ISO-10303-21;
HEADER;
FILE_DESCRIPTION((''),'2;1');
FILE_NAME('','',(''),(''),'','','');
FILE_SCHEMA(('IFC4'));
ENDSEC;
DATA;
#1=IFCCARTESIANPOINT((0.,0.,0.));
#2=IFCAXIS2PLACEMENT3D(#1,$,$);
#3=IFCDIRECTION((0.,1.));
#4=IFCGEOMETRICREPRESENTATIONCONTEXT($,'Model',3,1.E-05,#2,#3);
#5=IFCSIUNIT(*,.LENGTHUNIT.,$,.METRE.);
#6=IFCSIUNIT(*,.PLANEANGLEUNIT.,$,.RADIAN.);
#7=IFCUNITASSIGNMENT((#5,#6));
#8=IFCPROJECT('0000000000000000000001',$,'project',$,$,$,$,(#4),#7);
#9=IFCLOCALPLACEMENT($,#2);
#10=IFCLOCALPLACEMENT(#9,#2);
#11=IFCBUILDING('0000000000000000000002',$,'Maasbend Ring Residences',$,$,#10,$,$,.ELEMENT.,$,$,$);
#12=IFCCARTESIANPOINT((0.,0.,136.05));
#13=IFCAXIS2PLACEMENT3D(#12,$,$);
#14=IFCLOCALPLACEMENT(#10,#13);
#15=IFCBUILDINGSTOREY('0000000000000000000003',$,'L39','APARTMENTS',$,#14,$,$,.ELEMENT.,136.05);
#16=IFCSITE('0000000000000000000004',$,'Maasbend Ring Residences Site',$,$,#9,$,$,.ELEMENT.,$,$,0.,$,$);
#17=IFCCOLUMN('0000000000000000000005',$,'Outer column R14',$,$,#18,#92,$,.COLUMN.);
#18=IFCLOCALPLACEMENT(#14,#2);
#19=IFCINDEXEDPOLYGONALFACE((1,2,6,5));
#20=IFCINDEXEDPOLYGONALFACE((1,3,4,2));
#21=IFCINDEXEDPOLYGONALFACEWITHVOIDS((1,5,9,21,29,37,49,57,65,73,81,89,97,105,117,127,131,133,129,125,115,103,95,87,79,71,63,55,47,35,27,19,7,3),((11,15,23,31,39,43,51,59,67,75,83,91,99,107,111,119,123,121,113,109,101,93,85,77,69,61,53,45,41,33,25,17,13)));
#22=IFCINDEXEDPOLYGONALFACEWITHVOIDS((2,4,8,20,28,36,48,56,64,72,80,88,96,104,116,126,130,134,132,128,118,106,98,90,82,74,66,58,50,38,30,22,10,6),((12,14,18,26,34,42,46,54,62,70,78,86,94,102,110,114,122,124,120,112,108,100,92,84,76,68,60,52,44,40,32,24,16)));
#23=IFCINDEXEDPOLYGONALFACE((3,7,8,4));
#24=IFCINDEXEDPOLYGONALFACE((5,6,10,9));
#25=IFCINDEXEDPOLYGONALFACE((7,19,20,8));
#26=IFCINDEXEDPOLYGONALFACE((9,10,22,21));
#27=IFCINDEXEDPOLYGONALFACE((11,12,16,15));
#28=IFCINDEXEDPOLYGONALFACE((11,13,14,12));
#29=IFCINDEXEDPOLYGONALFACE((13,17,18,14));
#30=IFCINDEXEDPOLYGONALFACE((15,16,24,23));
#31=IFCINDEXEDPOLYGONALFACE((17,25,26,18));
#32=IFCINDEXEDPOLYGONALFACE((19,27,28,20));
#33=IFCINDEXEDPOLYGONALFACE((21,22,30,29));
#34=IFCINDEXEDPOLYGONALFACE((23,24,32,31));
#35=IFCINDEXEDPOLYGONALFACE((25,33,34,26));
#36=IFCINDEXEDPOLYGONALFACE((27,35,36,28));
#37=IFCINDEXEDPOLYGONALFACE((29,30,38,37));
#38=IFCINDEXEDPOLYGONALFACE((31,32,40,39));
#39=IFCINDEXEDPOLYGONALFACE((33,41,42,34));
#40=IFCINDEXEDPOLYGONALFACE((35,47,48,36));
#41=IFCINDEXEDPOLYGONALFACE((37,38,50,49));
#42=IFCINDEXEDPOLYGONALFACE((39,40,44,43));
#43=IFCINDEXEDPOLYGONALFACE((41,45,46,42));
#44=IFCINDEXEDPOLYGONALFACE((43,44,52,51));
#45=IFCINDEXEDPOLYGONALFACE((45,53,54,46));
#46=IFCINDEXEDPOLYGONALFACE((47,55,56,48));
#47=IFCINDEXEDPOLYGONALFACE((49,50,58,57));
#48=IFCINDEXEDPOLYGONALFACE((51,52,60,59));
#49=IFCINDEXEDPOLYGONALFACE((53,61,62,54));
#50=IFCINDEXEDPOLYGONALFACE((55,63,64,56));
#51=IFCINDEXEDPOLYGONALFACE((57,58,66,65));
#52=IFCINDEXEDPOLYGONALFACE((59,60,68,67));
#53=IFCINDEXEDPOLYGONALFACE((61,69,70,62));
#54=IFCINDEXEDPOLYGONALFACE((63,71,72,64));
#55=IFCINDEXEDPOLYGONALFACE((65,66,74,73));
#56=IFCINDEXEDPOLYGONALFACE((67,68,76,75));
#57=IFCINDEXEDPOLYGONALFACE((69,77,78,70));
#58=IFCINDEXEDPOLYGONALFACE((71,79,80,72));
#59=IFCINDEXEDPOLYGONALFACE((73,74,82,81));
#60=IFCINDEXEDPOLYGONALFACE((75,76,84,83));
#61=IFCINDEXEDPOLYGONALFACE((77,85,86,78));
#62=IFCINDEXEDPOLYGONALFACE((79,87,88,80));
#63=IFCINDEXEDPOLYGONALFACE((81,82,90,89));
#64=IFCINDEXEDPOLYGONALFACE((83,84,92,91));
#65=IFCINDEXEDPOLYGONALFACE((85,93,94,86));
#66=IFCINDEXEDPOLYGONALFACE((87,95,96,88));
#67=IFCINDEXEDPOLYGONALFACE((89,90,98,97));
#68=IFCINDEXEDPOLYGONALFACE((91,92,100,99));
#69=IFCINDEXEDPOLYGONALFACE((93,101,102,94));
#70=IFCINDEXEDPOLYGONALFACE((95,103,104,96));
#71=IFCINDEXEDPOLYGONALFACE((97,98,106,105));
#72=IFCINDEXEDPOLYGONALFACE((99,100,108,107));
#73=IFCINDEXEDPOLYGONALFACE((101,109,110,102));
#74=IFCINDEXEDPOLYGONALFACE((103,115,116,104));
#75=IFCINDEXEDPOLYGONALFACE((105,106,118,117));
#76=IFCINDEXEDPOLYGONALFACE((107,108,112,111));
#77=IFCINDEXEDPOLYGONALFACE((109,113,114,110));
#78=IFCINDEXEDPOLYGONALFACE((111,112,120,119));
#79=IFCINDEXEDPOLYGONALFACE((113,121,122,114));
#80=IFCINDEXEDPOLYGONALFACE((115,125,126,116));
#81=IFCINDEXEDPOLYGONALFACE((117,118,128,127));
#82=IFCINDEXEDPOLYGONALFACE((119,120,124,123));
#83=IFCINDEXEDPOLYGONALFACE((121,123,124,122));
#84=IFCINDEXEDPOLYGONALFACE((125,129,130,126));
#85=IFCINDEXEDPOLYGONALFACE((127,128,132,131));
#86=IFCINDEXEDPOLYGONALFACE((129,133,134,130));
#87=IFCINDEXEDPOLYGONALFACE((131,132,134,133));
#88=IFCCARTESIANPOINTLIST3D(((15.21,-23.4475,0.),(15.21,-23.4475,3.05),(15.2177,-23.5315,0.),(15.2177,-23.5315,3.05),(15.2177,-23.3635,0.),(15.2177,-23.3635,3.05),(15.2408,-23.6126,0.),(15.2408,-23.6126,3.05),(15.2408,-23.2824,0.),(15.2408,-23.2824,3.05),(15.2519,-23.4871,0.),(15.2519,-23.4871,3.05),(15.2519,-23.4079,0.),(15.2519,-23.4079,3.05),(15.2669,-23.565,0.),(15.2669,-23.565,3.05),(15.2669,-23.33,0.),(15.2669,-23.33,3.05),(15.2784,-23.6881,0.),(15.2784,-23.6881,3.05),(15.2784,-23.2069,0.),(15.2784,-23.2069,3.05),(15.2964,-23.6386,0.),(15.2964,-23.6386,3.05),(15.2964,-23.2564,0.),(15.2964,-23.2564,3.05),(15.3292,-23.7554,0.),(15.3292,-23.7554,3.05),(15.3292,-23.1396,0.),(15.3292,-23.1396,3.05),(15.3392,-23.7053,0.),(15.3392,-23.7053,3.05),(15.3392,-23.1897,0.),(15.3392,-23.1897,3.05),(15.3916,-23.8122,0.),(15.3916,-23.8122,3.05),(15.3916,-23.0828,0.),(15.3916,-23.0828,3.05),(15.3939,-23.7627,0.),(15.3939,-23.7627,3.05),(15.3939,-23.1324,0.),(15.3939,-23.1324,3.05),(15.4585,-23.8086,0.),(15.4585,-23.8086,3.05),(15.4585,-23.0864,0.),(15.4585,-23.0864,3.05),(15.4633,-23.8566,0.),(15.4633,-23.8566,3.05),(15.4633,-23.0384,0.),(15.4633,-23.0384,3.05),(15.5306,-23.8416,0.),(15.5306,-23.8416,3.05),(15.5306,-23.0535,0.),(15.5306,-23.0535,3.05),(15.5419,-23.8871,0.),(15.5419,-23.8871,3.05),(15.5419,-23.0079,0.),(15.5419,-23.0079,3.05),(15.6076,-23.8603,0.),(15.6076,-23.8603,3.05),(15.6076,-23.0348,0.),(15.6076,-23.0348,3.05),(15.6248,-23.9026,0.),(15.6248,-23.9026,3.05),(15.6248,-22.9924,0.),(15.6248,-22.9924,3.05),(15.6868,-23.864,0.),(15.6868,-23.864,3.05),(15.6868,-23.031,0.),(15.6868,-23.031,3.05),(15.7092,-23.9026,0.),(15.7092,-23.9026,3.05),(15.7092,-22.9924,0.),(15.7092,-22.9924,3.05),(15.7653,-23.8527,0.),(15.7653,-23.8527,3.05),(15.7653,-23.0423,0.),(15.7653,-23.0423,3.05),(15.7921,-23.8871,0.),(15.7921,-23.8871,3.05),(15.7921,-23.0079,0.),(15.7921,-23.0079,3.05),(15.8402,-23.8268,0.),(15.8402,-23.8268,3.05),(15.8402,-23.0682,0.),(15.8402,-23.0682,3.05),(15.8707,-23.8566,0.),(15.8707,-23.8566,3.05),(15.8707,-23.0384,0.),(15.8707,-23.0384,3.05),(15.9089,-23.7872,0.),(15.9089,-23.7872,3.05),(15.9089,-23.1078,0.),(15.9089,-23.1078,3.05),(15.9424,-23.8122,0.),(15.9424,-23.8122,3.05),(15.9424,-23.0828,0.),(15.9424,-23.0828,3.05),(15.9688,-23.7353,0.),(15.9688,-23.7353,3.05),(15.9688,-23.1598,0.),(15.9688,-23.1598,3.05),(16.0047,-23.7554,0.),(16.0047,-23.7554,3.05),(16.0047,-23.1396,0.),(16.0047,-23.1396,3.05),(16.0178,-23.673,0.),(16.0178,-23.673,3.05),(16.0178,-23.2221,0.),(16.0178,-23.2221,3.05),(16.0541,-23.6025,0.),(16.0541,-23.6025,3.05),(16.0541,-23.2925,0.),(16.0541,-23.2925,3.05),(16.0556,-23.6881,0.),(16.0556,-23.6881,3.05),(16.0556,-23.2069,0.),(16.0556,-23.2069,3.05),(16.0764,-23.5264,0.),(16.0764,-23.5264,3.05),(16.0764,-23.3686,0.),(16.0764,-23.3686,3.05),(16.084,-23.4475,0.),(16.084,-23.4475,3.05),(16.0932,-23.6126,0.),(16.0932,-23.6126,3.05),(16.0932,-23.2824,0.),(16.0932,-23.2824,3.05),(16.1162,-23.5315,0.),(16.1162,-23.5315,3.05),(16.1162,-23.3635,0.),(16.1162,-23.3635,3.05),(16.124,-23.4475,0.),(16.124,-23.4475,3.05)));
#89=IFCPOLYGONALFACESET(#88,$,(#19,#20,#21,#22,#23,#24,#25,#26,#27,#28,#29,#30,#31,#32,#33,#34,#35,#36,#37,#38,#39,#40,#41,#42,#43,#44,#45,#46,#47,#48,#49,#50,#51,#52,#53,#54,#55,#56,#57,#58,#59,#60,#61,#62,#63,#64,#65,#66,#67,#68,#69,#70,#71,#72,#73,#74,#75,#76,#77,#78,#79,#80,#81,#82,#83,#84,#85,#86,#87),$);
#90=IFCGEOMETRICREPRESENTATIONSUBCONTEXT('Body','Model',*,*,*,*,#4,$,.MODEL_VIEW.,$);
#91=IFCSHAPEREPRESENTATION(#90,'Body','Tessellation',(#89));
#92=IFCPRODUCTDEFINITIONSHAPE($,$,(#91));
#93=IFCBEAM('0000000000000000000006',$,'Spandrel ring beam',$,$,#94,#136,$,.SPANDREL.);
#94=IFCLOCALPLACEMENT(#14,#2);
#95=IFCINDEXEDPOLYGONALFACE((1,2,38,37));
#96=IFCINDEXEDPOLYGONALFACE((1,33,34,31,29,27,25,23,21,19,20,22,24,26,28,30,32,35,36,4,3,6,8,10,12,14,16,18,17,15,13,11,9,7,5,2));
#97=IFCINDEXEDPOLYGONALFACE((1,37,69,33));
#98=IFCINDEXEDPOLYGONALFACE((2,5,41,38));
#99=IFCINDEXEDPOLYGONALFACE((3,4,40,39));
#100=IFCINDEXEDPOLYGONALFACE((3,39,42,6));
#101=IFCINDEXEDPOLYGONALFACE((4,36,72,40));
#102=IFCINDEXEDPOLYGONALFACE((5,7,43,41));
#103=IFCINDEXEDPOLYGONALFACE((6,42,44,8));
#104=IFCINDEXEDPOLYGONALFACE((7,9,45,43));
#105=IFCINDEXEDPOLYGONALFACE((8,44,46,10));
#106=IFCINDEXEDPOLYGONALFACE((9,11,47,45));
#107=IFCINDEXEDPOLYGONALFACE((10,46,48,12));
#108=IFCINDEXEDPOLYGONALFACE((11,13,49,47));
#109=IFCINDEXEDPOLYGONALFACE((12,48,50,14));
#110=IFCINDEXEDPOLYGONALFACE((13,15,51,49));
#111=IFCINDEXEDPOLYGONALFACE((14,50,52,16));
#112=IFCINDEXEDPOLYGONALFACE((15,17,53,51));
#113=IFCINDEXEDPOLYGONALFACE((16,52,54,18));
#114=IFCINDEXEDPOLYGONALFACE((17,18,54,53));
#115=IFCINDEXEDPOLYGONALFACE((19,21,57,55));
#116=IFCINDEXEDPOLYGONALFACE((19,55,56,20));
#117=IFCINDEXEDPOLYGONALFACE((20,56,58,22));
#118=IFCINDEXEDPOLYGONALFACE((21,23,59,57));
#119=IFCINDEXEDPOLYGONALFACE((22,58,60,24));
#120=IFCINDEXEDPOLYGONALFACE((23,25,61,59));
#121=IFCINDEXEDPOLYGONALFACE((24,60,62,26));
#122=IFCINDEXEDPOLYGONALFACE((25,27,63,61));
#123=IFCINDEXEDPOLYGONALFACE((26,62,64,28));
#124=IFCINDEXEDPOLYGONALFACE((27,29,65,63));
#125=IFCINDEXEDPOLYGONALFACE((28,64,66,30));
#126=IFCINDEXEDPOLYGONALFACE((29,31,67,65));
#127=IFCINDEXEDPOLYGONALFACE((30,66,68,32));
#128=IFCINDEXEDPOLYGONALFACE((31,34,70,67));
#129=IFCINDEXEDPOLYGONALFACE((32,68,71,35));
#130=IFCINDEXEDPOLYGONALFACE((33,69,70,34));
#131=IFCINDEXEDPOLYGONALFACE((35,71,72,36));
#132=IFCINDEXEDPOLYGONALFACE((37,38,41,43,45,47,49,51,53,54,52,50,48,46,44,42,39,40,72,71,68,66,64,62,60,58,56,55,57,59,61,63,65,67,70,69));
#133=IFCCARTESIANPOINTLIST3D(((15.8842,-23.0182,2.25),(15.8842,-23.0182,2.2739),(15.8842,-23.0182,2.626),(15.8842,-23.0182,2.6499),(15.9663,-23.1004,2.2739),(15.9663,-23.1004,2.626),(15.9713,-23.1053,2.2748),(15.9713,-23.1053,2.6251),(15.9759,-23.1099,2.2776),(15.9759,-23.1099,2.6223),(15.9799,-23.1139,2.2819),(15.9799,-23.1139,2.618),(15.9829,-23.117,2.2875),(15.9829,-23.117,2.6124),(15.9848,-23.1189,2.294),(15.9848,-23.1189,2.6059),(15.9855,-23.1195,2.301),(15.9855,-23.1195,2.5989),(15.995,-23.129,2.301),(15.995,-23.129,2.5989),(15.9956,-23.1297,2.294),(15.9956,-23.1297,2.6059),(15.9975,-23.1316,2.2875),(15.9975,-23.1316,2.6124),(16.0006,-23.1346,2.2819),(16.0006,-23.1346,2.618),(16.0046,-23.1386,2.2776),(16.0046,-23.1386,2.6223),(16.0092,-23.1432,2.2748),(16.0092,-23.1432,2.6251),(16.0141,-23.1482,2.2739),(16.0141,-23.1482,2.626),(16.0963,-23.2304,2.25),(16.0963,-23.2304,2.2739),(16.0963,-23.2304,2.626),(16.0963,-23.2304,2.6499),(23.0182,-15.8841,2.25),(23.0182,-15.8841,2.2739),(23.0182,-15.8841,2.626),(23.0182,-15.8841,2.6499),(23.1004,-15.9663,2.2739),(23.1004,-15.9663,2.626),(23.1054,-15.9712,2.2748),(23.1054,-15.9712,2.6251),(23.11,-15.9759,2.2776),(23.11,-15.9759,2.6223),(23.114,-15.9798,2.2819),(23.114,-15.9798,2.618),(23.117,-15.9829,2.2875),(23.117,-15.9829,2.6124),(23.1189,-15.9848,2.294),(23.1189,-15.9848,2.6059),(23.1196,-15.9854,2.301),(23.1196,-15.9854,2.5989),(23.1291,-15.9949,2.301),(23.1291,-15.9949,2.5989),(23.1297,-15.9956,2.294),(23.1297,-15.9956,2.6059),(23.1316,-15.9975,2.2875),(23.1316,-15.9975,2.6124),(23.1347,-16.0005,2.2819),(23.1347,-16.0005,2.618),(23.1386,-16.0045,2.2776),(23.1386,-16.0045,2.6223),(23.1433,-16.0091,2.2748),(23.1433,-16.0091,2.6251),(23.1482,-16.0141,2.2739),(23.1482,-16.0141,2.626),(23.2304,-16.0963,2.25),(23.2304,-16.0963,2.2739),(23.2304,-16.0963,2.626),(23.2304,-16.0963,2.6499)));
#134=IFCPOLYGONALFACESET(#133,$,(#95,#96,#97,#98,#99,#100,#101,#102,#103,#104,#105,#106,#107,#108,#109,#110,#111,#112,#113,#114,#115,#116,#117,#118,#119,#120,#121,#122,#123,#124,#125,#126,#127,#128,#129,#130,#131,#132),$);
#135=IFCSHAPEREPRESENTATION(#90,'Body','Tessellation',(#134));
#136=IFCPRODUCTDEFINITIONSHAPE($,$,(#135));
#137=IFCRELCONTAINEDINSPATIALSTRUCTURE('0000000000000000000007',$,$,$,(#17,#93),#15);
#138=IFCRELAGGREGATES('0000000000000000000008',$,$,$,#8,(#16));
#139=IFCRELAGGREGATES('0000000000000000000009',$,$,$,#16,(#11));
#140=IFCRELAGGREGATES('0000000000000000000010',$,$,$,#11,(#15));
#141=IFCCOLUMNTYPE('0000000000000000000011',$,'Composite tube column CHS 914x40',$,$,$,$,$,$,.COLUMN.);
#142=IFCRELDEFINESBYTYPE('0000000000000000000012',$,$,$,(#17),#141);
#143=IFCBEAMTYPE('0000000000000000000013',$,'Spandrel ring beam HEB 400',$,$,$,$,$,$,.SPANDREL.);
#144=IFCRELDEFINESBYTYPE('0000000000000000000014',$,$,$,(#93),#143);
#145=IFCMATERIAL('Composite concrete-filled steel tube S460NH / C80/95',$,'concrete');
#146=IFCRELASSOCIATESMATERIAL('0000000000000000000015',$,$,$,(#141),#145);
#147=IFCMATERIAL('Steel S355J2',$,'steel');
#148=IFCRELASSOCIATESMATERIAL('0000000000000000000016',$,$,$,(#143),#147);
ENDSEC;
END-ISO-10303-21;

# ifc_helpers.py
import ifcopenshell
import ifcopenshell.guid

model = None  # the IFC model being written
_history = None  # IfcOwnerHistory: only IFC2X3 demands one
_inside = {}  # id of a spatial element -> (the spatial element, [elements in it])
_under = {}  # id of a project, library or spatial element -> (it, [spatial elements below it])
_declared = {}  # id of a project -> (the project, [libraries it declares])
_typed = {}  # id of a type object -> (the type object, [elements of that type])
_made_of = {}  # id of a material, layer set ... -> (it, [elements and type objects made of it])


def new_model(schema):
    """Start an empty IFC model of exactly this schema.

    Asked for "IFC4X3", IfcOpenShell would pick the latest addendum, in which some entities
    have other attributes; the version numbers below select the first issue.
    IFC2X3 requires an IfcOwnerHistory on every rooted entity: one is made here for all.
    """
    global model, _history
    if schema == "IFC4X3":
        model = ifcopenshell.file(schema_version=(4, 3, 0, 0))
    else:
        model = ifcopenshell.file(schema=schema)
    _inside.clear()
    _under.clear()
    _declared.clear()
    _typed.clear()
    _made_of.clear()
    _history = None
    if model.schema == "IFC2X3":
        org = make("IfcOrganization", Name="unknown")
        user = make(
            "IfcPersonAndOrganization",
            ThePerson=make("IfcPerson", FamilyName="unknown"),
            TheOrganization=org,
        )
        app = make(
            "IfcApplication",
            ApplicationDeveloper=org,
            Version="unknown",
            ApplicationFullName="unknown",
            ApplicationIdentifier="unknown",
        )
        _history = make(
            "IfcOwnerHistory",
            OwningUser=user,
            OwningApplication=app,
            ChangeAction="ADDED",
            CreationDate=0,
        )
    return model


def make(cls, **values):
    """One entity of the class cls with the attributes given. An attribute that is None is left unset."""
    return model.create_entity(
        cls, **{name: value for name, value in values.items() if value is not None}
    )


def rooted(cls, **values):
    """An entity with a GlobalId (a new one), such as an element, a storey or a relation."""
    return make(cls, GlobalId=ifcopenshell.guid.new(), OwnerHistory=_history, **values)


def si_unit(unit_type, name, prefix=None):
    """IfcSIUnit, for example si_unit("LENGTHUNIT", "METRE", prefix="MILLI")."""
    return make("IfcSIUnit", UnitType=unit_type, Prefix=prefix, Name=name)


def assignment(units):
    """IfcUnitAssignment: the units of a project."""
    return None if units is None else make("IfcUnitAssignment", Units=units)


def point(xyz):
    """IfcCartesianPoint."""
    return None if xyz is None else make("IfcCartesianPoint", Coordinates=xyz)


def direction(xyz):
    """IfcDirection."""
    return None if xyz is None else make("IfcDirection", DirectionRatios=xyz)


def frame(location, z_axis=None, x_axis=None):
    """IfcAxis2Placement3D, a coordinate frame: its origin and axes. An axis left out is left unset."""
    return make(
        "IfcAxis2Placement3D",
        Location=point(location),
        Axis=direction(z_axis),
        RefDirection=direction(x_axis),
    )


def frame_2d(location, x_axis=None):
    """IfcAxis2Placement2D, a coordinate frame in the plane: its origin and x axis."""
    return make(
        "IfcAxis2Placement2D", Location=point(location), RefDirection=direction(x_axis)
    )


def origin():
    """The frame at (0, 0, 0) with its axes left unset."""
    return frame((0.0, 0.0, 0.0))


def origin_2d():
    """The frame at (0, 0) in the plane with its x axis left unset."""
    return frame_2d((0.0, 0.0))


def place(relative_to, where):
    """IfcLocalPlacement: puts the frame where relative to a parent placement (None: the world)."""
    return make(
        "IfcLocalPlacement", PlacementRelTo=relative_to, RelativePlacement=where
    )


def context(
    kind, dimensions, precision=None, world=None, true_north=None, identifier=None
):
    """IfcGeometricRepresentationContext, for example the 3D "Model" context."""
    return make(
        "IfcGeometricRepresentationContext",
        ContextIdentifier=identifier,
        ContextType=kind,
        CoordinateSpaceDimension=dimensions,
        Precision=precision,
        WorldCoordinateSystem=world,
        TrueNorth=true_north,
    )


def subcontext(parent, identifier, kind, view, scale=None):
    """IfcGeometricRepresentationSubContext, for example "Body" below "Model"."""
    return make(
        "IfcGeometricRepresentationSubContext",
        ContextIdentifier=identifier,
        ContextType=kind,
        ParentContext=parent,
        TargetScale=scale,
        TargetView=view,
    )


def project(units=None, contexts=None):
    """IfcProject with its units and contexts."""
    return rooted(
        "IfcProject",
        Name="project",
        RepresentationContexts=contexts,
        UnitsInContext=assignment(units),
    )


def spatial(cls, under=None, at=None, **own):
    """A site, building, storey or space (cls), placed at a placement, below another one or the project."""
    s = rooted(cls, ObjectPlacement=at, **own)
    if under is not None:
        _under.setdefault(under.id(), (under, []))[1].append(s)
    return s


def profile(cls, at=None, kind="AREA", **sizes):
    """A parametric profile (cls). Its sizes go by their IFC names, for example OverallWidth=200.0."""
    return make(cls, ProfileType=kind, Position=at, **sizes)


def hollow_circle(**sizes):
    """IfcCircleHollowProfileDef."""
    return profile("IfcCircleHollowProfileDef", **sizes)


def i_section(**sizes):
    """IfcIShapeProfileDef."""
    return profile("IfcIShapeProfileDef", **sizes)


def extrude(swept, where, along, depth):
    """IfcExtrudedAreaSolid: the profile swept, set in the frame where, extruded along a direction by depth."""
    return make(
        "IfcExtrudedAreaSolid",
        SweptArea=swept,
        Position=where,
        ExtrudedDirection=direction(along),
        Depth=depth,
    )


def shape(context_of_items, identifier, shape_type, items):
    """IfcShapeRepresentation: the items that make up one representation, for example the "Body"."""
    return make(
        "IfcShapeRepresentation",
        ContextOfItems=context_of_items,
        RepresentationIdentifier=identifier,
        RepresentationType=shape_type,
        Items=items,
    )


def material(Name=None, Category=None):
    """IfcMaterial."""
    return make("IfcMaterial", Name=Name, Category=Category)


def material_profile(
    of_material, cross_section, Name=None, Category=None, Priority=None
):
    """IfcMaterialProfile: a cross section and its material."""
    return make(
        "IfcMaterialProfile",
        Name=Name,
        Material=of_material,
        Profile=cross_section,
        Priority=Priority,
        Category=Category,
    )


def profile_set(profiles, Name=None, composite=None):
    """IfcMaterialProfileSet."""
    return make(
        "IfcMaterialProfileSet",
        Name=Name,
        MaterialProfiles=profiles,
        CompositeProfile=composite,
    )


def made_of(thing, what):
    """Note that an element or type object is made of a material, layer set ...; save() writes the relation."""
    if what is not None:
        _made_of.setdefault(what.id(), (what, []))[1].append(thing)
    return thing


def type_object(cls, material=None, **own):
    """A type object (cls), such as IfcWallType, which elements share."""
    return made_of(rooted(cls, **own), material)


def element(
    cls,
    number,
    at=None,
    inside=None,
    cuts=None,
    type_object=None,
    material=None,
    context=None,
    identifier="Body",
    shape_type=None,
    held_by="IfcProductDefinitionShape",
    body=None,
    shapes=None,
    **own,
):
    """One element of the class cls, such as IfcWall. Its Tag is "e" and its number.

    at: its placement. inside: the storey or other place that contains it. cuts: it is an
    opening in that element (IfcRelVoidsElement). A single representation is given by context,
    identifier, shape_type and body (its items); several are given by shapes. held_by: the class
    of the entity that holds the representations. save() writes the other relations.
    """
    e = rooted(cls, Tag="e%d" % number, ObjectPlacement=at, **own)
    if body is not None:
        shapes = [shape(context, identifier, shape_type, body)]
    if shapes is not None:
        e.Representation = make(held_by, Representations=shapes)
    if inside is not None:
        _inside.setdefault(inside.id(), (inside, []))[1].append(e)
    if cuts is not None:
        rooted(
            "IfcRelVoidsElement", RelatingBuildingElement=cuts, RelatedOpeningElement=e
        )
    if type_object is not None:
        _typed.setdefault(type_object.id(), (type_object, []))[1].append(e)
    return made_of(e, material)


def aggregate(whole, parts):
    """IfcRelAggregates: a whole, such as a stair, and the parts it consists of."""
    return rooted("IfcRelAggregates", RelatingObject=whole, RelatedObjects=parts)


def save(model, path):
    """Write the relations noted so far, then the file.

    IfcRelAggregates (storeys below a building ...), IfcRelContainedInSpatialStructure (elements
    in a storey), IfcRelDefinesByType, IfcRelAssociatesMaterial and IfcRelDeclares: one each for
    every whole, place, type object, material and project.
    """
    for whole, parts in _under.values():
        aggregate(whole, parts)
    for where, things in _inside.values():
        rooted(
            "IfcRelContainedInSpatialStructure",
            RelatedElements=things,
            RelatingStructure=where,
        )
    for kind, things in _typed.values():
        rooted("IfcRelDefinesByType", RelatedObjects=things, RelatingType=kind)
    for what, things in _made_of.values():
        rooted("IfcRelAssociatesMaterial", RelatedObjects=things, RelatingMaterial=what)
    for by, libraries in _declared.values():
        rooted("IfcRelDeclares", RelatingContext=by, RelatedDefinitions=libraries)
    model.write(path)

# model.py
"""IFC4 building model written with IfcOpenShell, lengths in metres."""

from ifc_helpers import new_model, si_unit, direction, frame, origin, origin_2d, place, context, subcontext, project, spatial, hollow_circle, i_section, extrude, material, material_profile, profile_set, type_object, element, save


model = new_model("IFC4")

# Units and contexts
model_context = context("Model", 3, precision=1e-05, world=origin(), true_north=direction((0.0, 1.0)))
body_context = subcontext(model_context, "Body", "Model", "MODEL_VIEW")
ifc_project = project(units=[si_unit("LENGTHUNIT", "METRE"), si_unit("PLANEANGLEUNIT", "RADIAN")], contexts=[model_context])

# Site, building, storey
site_placement = place(None, origin())
site = spatial("IfcSite", under=ifc_project, at=site_placement, Name="Maasbend Ring Residences Site", CompositionType="ELEMENT", RefElevation=0.0)
building_placement = place(site_placement, origin())
building = spatial("IfcBuilding", under=site, at=building_placement, Name="Maasbend Ring Residences", CompositionType="ELEMENT")
storey_placement = place(building_placement, frame((0.0, 0.0, 136.05)))
storey = spatial("IfcBuildingStorey", under=building, at=storey_placement, Name="L39", Description="APARTMENTS", CompositionType="ELEMENT", Elevation=136.05)

# Column
ifc_material_1 = material(Name="Composite concrete-filled steel tube S460NH / C80/95", Category="concrete")
ifc_material_profile_1 = material_profile(ifc_material_1, hollow_circle(Radius=0.457, WallThickness=0.04, at=origin_2d()), Name="Composite tube column CHS 914x40")
ifc_profile_set_1 = profile_set([ifc_material_profile_1], Name="Composite concrete-filled steel tube S460NH / C80/95")
column_type = type_object("IfcColumnType", Name="Composite tube column CHS 914x40", PredefinedType="COLUMN", material=ifc_profile_set_1)
column_placement = place(storey_placement, frame((15.667, -23.4475, 0.0), z_axis=(0.0, 0.0, 1.0), x_axis=(1.0, 0.0, 0.0)))
element("IfcColumn", 1, at=column_placement, inside=storey, type_object=column_type, Name="Outer column R14", PredefinedType="COLUMN", context=body_context, shape_type="SweptSolid", body=[
    extrude(hollow_circle(Radius=0.457, WallThickness=0.04, at=origin_2d()), origin(), (0.0, 0.0, 1.0), 3.05),
])

# Beam
ifc_material_2 = material(Name="Steel S355J2", Category="steel")
ifc_material_profile_2 = material_profile(ifc_material_2, i_section(OverallWidth=0.3, OverallDepth=0.3999, WebThickness=0.0134, FlangeThickness=0.0239, FilletRadius=0.0271, at=origin_2d()), Name="HEB 400")
ifc_profile_set_2 = profile_set([ifc_material_profile_2], Name="Steel S355J2")
beam_type = type_object("IfcBeamType", Name="Spandrel ring beam HEB 400", PredefinedType="SPANDREL", material=ifc_profile_set_2)
beam_placement = place(storey_placement, frame((15.9902, -23.1243, 2.45), z_axis=(0.707107, 0.707107, 0.0), x_axis=(-0.707107, 0.707107, 0.0)))
element("IfcBeam", 2, at=beam_placement, inside=storey, type_object=beam_type, Name="Spandrel ring beam", PredefinedType="SPANDREL", context=body_context, shape_type="SweptSolid", body=[
    extrude(i_section(OverallWidth=0.3, OverallDepth=0.3999, WebThickness=0.0134, FlangeThickness=0.0239, FilletRadius=0.0271, at=origin_2d()), origin(), (0.0, 0.0, 1.0), 10.0891),
])

save(model, "model.ifc")
